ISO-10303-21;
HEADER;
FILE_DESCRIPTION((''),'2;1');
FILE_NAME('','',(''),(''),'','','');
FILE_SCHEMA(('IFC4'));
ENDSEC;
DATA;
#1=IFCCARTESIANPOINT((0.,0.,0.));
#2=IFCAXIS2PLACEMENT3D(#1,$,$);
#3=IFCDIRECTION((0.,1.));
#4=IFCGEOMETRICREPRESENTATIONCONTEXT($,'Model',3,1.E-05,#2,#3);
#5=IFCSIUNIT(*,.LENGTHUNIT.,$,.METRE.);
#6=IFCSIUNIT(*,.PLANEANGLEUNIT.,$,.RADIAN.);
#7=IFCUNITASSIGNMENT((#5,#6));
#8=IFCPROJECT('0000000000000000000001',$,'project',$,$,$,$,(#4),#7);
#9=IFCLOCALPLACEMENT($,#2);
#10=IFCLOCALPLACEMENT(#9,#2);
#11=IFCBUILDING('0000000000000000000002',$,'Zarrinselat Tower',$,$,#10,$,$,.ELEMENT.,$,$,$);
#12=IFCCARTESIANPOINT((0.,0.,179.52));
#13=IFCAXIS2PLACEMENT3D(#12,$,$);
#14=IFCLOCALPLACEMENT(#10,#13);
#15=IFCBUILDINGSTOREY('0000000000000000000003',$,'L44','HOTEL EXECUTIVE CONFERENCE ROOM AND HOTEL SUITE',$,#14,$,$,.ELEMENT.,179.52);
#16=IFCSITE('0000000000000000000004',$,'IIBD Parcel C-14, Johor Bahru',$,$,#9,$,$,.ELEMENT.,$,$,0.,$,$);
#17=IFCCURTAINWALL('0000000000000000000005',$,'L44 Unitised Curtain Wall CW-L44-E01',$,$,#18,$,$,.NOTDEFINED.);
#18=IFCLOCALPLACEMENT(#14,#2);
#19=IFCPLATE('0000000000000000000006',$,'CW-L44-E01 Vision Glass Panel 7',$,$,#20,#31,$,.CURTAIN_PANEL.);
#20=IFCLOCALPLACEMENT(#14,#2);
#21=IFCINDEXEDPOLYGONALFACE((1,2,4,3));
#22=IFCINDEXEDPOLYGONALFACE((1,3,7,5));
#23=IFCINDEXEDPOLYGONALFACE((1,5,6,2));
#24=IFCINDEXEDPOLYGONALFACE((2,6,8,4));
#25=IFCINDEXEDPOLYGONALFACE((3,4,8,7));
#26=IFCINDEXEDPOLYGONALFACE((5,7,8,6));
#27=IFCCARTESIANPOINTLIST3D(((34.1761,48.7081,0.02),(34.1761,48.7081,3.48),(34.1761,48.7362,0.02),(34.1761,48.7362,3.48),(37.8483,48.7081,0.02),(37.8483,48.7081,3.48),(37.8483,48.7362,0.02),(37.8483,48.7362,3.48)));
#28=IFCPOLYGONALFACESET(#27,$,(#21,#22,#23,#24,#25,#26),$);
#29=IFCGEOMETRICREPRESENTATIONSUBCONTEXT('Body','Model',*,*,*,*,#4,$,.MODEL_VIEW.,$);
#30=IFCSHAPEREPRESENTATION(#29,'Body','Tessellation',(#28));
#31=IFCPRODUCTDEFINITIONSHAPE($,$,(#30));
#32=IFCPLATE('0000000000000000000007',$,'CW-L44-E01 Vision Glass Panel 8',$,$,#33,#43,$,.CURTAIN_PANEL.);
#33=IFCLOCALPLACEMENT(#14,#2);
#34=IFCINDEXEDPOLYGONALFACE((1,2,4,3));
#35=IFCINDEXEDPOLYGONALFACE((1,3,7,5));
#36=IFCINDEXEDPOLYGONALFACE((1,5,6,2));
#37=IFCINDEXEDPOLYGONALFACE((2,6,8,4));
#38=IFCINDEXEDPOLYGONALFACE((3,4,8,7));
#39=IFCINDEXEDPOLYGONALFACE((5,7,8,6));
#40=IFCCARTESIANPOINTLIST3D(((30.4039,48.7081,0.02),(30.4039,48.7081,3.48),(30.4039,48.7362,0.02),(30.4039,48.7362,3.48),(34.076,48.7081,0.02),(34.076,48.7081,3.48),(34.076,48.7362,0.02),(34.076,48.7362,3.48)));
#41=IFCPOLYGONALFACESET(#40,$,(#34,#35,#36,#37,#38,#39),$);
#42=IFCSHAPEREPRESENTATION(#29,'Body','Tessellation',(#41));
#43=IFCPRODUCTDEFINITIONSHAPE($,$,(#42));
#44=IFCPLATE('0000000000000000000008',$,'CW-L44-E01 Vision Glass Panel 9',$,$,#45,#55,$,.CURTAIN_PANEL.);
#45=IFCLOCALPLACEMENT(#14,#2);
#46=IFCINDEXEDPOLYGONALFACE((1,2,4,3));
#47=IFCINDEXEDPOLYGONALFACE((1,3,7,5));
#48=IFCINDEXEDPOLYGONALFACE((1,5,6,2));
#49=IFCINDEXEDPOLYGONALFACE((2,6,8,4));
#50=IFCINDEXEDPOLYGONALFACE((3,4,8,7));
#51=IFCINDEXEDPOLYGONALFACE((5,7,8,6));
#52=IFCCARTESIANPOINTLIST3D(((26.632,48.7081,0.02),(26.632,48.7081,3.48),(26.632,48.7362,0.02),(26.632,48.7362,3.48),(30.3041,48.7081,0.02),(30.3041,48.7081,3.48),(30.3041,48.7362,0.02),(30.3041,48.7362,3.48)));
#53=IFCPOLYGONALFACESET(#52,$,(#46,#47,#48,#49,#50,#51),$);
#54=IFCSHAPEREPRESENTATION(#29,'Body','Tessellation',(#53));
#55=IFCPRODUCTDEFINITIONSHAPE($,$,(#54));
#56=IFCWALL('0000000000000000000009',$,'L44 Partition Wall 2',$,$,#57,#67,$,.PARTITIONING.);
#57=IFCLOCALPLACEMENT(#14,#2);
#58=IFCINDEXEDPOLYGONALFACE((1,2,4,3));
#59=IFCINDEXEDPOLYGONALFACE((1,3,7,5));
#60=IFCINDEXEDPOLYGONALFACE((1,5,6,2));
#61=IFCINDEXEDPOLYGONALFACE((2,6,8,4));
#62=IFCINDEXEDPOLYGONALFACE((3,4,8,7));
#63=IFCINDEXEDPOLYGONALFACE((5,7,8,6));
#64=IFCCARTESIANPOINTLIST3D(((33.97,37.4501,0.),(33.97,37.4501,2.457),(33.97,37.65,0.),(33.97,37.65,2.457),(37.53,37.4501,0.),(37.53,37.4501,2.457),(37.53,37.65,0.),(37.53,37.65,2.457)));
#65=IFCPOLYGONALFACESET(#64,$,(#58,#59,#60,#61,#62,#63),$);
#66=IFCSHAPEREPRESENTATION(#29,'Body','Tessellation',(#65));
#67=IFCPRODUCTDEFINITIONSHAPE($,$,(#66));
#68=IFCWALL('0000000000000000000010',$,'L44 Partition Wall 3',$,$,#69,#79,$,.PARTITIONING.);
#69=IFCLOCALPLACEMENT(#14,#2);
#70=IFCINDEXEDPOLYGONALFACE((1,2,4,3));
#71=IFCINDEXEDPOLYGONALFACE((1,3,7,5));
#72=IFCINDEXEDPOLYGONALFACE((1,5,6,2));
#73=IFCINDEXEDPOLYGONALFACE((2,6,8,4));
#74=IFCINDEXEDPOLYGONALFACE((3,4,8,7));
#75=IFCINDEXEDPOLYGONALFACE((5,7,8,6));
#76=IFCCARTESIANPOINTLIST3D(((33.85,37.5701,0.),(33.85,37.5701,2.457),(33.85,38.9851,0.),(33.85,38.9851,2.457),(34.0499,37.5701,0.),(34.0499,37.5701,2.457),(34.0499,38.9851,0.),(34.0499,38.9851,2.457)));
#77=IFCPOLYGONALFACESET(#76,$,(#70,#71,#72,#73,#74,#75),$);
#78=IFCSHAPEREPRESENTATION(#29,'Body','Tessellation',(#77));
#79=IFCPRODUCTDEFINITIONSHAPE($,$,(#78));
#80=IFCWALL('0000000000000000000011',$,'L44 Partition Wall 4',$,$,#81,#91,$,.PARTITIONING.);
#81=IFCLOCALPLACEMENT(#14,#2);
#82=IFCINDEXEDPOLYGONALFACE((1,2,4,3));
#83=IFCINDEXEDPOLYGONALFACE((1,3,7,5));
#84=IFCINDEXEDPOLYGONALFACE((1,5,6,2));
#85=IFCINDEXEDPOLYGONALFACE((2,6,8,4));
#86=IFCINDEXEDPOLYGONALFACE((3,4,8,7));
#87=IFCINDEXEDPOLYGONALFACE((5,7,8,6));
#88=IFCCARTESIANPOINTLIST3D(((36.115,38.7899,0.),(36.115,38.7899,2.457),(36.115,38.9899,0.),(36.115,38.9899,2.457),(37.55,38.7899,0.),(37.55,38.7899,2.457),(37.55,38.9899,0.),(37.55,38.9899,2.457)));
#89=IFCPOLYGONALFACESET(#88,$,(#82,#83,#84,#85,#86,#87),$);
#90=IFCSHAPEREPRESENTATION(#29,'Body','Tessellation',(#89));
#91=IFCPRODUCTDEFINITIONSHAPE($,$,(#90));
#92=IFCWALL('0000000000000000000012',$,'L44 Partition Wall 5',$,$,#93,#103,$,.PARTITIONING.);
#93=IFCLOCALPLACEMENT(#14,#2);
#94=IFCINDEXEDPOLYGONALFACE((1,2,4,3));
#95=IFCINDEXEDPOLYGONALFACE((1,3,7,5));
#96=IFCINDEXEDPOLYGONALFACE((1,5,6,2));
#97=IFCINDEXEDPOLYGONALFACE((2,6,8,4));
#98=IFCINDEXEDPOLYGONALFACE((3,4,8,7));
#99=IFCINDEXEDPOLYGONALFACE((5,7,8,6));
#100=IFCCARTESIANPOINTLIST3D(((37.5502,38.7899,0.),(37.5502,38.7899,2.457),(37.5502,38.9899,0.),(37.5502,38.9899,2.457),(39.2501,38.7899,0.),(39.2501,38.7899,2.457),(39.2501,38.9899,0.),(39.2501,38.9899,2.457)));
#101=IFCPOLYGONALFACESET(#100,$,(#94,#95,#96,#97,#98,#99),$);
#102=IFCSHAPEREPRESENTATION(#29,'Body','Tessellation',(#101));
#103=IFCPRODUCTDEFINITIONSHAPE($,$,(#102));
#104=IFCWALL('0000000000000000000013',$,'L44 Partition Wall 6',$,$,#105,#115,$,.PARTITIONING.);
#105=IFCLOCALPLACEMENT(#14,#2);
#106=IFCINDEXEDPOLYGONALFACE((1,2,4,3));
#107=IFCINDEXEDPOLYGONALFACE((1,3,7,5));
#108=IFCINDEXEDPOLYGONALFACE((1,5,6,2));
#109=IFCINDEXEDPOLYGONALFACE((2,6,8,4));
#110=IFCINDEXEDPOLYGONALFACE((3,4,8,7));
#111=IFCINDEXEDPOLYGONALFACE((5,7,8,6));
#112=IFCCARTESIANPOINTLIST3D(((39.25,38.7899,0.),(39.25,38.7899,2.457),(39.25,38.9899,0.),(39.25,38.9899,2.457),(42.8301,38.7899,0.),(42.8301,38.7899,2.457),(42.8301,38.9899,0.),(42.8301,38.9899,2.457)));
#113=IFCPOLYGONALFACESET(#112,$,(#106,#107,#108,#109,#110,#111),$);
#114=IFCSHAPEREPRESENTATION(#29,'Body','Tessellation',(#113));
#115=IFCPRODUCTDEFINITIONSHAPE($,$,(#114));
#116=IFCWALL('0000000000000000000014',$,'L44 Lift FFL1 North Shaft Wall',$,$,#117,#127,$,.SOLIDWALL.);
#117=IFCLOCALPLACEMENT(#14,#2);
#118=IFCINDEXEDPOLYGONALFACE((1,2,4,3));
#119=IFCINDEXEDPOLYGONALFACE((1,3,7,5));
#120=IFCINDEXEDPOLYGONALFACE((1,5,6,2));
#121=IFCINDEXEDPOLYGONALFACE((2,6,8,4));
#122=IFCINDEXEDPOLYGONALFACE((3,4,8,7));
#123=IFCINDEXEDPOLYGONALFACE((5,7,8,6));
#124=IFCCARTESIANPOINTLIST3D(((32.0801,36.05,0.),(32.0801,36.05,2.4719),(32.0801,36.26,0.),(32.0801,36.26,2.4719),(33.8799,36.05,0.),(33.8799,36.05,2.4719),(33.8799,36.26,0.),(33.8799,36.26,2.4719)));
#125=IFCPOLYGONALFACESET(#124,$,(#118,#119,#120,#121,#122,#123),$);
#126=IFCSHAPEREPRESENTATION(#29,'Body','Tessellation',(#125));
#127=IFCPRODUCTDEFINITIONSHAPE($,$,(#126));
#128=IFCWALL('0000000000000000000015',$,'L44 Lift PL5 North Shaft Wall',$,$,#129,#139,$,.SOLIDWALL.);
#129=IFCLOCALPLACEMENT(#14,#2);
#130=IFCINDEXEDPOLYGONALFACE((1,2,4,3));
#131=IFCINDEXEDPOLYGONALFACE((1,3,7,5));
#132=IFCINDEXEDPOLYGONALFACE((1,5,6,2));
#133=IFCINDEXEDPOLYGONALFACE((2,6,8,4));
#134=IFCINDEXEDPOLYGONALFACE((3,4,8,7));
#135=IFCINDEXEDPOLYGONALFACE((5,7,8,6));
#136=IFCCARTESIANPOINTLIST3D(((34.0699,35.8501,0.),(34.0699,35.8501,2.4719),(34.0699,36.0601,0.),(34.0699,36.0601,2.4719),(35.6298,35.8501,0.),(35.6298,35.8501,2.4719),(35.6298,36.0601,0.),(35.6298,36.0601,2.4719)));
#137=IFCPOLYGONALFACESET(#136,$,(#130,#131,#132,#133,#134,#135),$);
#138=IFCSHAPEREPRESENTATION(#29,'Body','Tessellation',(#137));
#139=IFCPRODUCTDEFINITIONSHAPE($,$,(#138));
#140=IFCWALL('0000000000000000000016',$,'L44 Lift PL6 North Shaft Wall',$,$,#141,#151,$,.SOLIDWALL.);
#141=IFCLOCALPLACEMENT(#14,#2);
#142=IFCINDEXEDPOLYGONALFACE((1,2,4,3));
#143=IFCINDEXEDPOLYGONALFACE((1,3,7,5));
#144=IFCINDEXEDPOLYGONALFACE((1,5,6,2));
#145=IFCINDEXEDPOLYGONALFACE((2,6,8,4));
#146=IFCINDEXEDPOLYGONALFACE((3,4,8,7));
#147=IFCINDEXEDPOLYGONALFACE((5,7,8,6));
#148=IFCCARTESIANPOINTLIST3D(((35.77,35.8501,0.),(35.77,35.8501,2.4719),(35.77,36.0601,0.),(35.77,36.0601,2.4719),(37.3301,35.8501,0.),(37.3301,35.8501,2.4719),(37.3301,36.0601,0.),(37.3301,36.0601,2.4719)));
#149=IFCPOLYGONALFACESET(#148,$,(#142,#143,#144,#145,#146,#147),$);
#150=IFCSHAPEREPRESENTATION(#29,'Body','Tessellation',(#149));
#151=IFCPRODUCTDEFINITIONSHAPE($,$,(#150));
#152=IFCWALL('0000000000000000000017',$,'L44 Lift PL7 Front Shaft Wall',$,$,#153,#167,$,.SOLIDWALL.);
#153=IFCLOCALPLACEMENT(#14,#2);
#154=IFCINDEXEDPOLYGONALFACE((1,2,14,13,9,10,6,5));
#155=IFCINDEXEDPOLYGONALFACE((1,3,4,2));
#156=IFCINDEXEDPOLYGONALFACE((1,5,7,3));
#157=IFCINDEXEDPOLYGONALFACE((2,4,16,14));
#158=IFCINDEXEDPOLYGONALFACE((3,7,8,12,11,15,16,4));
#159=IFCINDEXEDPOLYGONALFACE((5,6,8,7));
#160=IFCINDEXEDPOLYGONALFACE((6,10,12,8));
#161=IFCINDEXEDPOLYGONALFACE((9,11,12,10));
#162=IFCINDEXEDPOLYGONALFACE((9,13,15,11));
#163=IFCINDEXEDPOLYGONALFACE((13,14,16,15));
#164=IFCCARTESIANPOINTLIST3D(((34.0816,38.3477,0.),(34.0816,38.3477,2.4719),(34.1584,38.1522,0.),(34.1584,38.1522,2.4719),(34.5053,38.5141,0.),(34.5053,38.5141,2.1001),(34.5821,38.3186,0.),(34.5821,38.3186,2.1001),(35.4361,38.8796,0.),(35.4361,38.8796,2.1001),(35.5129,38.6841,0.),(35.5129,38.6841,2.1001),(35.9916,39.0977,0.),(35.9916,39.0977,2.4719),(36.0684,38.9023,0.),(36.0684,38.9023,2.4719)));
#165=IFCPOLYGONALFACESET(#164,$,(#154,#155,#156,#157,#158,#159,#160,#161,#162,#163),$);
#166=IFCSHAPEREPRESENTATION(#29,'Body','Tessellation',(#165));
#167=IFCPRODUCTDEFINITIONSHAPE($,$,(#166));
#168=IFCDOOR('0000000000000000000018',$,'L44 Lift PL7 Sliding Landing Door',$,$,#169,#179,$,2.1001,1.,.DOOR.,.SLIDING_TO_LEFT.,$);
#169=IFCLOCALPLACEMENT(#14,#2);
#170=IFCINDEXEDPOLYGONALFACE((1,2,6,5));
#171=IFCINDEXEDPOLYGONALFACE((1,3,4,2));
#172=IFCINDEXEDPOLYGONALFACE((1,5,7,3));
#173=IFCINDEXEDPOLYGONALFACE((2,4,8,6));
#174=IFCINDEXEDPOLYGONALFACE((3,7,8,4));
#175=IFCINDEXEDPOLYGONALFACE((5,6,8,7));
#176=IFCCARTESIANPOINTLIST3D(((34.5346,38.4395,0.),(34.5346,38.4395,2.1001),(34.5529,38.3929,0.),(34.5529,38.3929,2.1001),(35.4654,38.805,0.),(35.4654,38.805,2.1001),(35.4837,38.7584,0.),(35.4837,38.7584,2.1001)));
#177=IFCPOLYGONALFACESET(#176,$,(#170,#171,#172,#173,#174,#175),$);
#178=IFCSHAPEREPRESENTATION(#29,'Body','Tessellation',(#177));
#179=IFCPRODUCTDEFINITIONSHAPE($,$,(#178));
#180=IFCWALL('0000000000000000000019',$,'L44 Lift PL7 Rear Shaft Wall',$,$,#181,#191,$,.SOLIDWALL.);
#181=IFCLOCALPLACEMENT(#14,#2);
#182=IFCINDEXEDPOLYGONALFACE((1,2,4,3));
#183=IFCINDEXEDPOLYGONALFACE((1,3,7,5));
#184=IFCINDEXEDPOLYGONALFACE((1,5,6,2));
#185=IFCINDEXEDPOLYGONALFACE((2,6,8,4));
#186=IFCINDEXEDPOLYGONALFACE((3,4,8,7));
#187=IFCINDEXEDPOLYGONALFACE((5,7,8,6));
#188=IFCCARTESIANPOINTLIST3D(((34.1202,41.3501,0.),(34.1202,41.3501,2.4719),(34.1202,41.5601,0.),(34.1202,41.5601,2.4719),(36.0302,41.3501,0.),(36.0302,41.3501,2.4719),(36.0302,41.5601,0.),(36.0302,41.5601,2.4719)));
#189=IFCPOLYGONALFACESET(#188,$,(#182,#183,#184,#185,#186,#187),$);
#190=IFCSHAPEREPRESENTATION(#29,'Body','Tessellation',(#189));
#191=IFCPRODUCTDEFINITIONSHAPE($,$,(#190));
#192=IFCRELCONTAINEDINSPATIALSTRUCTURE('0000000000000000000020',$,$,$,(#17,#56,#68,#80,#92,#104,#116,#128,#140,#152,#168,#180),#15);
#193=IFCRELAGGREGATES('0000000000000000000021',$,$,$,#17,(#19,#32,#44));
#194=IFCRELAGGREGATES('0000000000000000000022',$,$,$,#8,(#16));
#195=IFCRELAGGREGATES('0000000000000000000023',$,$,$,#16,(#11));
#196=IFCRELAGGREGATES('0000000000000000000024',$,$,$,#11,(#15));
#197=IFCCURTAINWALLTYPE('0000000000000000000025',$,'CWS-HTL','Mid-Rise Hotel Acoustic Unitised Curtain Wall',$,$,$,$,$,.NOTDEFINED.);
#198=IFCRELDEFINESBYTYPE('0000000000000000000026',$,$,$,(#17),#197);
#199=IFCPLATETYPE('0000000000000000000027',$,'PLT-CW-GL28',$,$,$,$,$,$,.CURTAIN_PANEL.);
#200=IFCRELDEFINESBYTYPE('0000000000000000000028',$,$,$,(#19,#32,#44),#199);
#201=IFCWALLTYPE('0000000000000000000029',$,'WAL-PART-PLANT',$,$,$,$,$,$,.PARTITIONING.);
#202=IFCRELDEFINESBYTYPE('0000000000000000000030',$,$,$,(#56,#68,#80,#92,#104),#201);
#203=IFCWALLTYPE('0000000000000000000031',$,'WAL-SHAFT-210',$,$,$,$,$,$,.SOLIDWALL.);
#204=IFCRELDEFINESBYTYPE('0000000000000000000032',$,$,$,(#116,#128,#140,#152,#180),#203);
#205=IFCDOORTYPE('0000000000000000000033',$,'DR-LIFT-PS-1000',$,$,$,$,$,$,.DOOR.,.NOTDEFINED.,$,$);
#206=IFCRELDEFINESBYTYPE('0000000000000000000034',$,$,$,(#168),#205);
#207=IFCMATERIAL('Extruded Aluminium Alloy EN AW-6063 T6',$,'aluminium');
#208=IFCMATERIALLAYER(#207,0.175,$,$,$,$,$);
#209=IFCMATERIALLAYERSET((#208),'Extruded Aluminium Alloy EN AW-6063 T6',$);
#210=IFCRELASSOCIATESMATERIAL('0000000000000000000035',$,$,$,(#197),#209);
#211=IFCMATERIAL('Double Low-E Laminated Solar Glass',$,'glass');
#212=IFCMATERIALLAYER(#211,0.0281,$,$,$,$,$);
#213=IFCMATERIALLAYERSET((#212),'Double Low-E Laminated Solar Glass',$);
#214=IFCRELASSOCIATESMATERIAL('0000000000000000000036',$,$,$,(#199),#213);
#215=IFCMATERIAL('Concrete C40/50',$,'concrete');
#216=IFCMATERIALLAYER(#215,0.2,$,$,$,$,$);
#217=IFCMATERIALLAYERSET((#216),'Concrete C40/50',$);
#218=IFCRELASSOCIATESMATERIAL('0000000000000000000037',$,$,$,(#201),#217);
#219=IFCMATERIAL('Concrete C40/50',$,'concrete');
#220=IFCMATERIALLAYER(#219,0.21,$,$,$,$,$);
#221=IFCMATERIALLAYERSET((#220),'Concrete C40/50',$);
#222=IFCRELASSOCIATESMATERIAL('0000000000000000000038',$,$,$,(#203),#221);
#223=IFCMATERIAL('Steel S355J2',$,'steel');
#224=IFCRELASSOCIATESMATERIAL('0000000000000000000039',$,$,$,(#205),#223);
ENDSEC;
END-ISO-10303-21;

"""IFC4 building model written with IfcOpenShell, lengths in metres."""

from ifc_helpers import new_model, si_unit, direction, frame, frame_2d, origin, origin_2d, place, context, subcontext, project, spatial, rectangle, extrude, material, layer, layer_set, type_object, element, fill, aggregate, save


model = new_model("IFC4")

# Units and contexts
model_context = context("Model", 3, precision=1e-05, world=origin(), true_north=direction((0.0, 1.0)))
body_context = subcontext(model_context, "Body", "Model", "MODEL_VIEW")
ifc_project = project(units=[si_unit("LENGTHUNIT", "METRE"), si_unit("PLANEANGLEUNIT", "RADIAN")], contexts=[model_context])

# Site, building, storey
site_placement = place(None, origin())
site = spatial("IfcSite", under=ifc_project, at=site_placement, Name="IIBD Parcel C-14, Johor Bahru", CompositionType="ELEMENT", RefElevation=0.0)
building_placement = place(site_placement, origin())
building = spatial("IfcBuilding", under=site, at=building_placement, Name="Zarrinselat Tower", CompositionType="ELEMENT")
storey_placement = place(building_placement, frame((0.0, 0.0, 179.52)))
storey = spatial("IfcBuildingStorey", under=building, at=storey_placement, Name="L44", Description="HOTEL EXECUTIVE CONFERENCE ROOM AND HOTEL SUITE", CompositionType="ELEMENT", Elevation=179.52)

# Curtain wall, plates
ifc_material_1 = material(Name="Extruded Aluminium Alloy EN AW-6063 T6", Category="aluminium")
ifc_layer_1 = layer(ifc_material_1, 0.175)
ifc_layer_set_1 = layer_set([ifc_layer_1], Name="Extruded Aluminium Alloy EN AW-6063 T6")
curtain_wall_type = type_object("IfcCurtainWallType", Name="CWS-HTL", Description="Mid-Rise Hotel Acoustic Unitised Curtain Wall", PredefinedType="NOTDEFINED", material=ifc_layer_set_1)
curtain_wall_placement = place(storey_placement, origin())
curtain_wall = element("IfcCurtainWall", 1, at=curtain_wall_placement, inside=storey, type_object=curtain_wall_type, Name="L44 Unitised Curtain Wall CW-L44-E01", PredefinedType="NOTDEFINED")
ifc_material_2 = material(Name="Double Low-E Laminated Solar Glass", Category="glass")
ifc_layer_2 = layer(ifc_material_2, 0.0281)
ifc_layer_set_2 = layer_set([ifc_layer_2], Name="Double Low-E Laminated Solar Glass")
plate_type = type_object("IfcPlateType", Name="PLT-CW-GL28", PredefinedType="CURTAIN_PANEL", material=ifc_layer_set_2)
plate_1_placement = place(storey_placement, frame((36.0122, 48.7222, 0.02), z_axis=(0.0, 0.0, 1.0), x_axis=(-1.0, 0.0, 0.0)))
plate_1 = element("IfcPlate", 2, at=plate_1_placement, type_object=plate_type, Name="CW-L44-E01 Vision Glass Panel 7", PredefinedType="CURTAIN_PANEL", context=body_context, shape_type="SweptSolid", body=[
    extrude(rectangle(XDim=3.6721, YDim=0.0281, at=origin_2d()), origin(), (0.0, 0.0, 1.0), 3.46),
])
plate_2_placement = place(storey_placement, frame((32.24, 48.7222, 0.02), z_axis=(0.0, 0.0, 1.0), x_axis=(-1.0, 0.0, 0.0)))
plate_2 = element("IfcPlate", 3, at=plate_2_placement, type_object=plate_type, Name="CW-L44-E01 Vision Glass Panel 8", PredefinedType="CURTAIN_PANEL", context=body_context, shape_type="SweptSolid", body=[
    extrude(rectangle(XDim=3.6721, YDim=0.0281, at=origin_2d()), origin(), (0.0, 0.0, 1.0), 3.46),
])
plate_3_placement = place(storey_placement, frame((28.468, 48.7222, 0.02), z_axis=(0.0, 0.0, 1.0), x_axis=(-1.0, 0.0, 0.0)))
plate_3 = element("IfcPlate", 4, at=plate_3_placement, type_object=plate_type, Name="CW-L44-E01 Vision Glass Panel 9", PredefinedType="CURTAIN_PANEL", context=body_context, shape_type="SweptSolid", body=[
    extrude(rectangle(XDim=3.6721, YDim=0.0281, at=origin_2d()), origin(), (0.0, 0.0, 1.0), 3.46),
])
aggregate(curtain_wall, [plate_1, plate_2, plate_3])

# Walls
ifc_material_3 = material(Name="Concrete C40/50", Category="concrete")
ifc_layer_3 = layer(ifc_material_3, 0.2)
ifc_layer_set_3 = layer_set([ifc_layer_3], Name="Concrete C40/50")
wall_type_1 = type_object("IfcWallType", Name="WAL-PART-PLANT", PredefinedType="PARTITIONING", material=ifc_layer_set_3)
wall_1_placement = place(storey_placement, frame((33.97, 37.55, 0.0), z_axis=(0.0, 0.0, 1.0), x_axis=(1.0, 0.0, 0.0)))
element("IfcWall", 5, at=wall_1_placement, inside=storey, type_object=wall_type_1, Name="L44 Partition Wall 2", PredefinedType="PARTITIONING", context=body_context, shape_type="SweptSolid", body=[
    extrude(rectangle(XDim=3.5601, YDim=0.2, at=frame_2d((1.78, 0.0))), origin(), (0.0, 0.0, 1.0), 2.457),
])
wall_2_placement = place(storey_placement, frame((33.95, 37.5701, 0.0), z_axis=(0.0, 0.0, 1.0), x_axis=(0.0, 1.0, 0.0)))
element("IfcWall", 6, at=wall_2_placement, inside=storey, type_object=wall_type_1, Name="L44 Partition Wall 3", PredefinedType="PARTITIONING", context=body_context, shape_type="SweptSolid", body=[
    extrude(rectangle(XDim=1.415, YDim=0.2, at=frame_2d((0.7075, 0.0))), origin(), (0.0, 0.0, 1.0), 2.457),
])
wall_3_placement = place(storey_placement, frame((36.115, 38.8899, 0.0), z_axis=(0.0, 0.0, 1.0), x_axis=(1.0, 0.0, 0.0)))
element("IfcWall", 7, at=wall_3_placement, inside=storey, type_object=wall_type_1, Name="L44 Partition Wall 4", PredefinedType="PARTITIONING", context=body_context, shape_type="SweptSolid", body=[
    extrude(rectangle(XDim=1.4351, YDim=0.2, at=frame_2d((0.7175, 0.0))), origin(), (0.0, 0.0, 1.0), 2.457),
])
wall_4_placement = place(storey_placement, frame((37.55, 38.8899, 0.0), z_axis=(0.0, 0.0, 1.0), x_axis=(1.0, 0.0, 0.0)))
element("IfcWall", 8, at=wall_4_placement, inside=storey, type_object=wall_type_1, Name="L44 Partition Wall 5", PredefinedType="PARTITIONING", context=body_context, shape_type="SweptSolid", body=[
    extrude(rectangle(XDim=1.7, YDim=0.2, at=frame_2d((0.8501, 0.0))), origin(), (0.0, 0.0, 1.0), 2.457),
])
wall_5_placement = place(storey_placement, frame((39.25, 38.8899, 0.0), z_axis=(0.0, 0.0, 1.0), x_axis=(1.0, 0.0, 0.0)))
element("IfcWall", 9, at=wall_5_placement, inside=storey, type_object=wall_type_1, Name="L44 Partition Wall 6", PredefinedType="PARTITIONING", context=body_context, shape_type="SweptSolid", body=[
    extrude(rectangle(XDim=3.5801, YDim=0.2, at=frame_2d((1.79, 0.0))), origin(), (0.0, 0.0, 1.0), 2.457),
])
ifc_material_4 = material(Name="Concrete C40/50", Category="concrete")
ifc_layer_4 = layer(ifc_material_4, 0.21)
ifc_layer_set_4 = layer_set([ifc_layer_4], Name="Concrete C40/50")
wall_type_2 = type_object("IfcWallType", Name="WAL-SHAFT-210", PredefinedType="SOLIDWALL", material=ifc_layer_set_4)
wall_6_placement = place(storey_placement, frame((32.0801, 36.155, 0.0), z_axis=(0.0, 0.0, 1.0), x_axis=(1.0, 0.0, 0.0)))
element("IfcWall", 10, at=wall_6_placement, inside=storey, type_object=wall_type_2, Name="L44 Lift FFL1 North Shaft Wall", PredefinedType="SOLIDWALL", context=body_context, shape_type="SweptSolid", body=[
    extrude(rectangle(XDim=1.7998, YDim=0.21, at=frame_2d((0.8999, 0.0))), origin(), (0.0, 0.0, 1.0), 2.4719),
])
wall_7_placement = place(storey_placement, frame((34.0701, 35.9551, 0.0), z_axis=(0.0, 0.0, 1.0), x_axis=(1.0, 0.0, 0.0)))
element("IfcWall", 11, at=wall_7_placement, inside=storey, type_object=wall_type_2, Name="L44 Lift PL5 North Shaft Wall", PredefinedType="SOLIDWALL", context=body_context, shape_type="SweptSolid", body=[
    extrude(rectangle(XDim=1.5598, YDim=0.21, at=frame_2d((0.7798, 0.0))), origin(), (0.0, 0.0, 1.0), 2.4719),
])
wall_8_placement = place(storey_placement, frame((35.77, 35.9551, 0.0), z_axis=(0.0, 0.0, 1.0), x_axis=(1.0, 0.0, 0.0)))
element("IfcWall", 12, at=wall_8_placement, inside=storey, type_object=wall_type_2, Name="L44 Lift PL6 North Shaft Wall", PredefinedType="SOLIDWALL", context=body_context, shape_type="SweptSolid", body=[
    extrude(rectangle(XDim=1.5601, YDim=0.21, at=frame_2d((0.78, 0.0))), origin(), (0.0, 0.0, 1.0), 2.4719),
])

# Wall, opening, door
wall_9_placement = place(storey_placement, frame((34.1201, 38.25, 0.0), z_axis=(0.0, 0.0, 1.0), x_axis=(0.930805, 0.365516, 0.0)))
wall_9 = element("IfcWall", 13, at=wall_9_placement, inside=storey, type_object=wall_type_2, Name="L44 Lift PL7 Front Shaft Wall", PredefinedType="SOLIDWALL", context=body_context, shape_type="SweptSolid", body=[
    extrude(rectangle(XDim=2.052, YDim=0.21, at=frame_2d((1.0259, 0.0))), origin(), (0.0, 0.0, 1.0), 2.4719),
])
opening_placement = place(wall_9_placement, frame((0.4551, 0.0, 0.0)))
opening = element("IfcOpeningElement", 14, at=opening_placement, cuts=wall_9, PredefinedType="OPENING", context=body_context, shape_type="SweptSolid", body=[
    extrude(rectangle(XDim=1.0, YDim=2.1001, at=frame_2d((0.5, 1.05))), frame((0.0, 0.115, 0.0), z_axis=(0.0, -1.0, 0.0), x_axis=(1.0, 0.0, 0.0)), (0.0, 0.0, 1.0), 0.23),
])
ifc_material_5 = material(Name="Steel S355J2", Category="steel")
door_type = type_object("IfcDoorType", Name="DR-LIFT-PS-1000", OperationType="NOTDEFINED", PredefinedType="DOOR", material=ifc_material_5)
door_placement = place(opening_placement, origin())
door = element("IfcDoor", 15, at=door_placement, inside=storey, type_object=door_type, Name="L44 Lift PL7 Sliding Landing Door", OperationType="SLIDING_TO_LEFT", OverallHeight=2.1001, OverallWidth=1.0, PredefinedType="DOOR", context=body_context, shape_type="SweptSolid", body=[
    extrude(rectangle(XDim=1.0, YDim=2.1001, at=frame_2d((0.5, 1.05))), frame((0.0, 0.0249, 0.0), z_axis=(0.0, -1.0, 0.0), x_axis=(1.0, 0.0, 0.0)), (0.0, 0.0, 1.0), 0.05),
])
fill(opening, door)

# Wall
wall_10_placement = place(storey_placement, frame((34.1201, 41.4551, 0.0), z_axis=(0.0, 0.0, 1.0), x_axis=(1.0, 0.0, 0.0)))
element("IfcWall", 16, at=wall_10_placement, inside=storey, type_object=wall_type_2, Name="L44 Lift PL7 Rear Shaft Wall", PredefinedType="SOLIDWALL", context=body_context, shape_type="SweptSolid", body=[
    extrude(rectangle(XDim=1.9099, YDim=0.21, at=frame_2d((0.9551, 0.0))), origin(), (0.0, 0.0, 1.0), 2.4719),
])

save(model, "model.ifc")
